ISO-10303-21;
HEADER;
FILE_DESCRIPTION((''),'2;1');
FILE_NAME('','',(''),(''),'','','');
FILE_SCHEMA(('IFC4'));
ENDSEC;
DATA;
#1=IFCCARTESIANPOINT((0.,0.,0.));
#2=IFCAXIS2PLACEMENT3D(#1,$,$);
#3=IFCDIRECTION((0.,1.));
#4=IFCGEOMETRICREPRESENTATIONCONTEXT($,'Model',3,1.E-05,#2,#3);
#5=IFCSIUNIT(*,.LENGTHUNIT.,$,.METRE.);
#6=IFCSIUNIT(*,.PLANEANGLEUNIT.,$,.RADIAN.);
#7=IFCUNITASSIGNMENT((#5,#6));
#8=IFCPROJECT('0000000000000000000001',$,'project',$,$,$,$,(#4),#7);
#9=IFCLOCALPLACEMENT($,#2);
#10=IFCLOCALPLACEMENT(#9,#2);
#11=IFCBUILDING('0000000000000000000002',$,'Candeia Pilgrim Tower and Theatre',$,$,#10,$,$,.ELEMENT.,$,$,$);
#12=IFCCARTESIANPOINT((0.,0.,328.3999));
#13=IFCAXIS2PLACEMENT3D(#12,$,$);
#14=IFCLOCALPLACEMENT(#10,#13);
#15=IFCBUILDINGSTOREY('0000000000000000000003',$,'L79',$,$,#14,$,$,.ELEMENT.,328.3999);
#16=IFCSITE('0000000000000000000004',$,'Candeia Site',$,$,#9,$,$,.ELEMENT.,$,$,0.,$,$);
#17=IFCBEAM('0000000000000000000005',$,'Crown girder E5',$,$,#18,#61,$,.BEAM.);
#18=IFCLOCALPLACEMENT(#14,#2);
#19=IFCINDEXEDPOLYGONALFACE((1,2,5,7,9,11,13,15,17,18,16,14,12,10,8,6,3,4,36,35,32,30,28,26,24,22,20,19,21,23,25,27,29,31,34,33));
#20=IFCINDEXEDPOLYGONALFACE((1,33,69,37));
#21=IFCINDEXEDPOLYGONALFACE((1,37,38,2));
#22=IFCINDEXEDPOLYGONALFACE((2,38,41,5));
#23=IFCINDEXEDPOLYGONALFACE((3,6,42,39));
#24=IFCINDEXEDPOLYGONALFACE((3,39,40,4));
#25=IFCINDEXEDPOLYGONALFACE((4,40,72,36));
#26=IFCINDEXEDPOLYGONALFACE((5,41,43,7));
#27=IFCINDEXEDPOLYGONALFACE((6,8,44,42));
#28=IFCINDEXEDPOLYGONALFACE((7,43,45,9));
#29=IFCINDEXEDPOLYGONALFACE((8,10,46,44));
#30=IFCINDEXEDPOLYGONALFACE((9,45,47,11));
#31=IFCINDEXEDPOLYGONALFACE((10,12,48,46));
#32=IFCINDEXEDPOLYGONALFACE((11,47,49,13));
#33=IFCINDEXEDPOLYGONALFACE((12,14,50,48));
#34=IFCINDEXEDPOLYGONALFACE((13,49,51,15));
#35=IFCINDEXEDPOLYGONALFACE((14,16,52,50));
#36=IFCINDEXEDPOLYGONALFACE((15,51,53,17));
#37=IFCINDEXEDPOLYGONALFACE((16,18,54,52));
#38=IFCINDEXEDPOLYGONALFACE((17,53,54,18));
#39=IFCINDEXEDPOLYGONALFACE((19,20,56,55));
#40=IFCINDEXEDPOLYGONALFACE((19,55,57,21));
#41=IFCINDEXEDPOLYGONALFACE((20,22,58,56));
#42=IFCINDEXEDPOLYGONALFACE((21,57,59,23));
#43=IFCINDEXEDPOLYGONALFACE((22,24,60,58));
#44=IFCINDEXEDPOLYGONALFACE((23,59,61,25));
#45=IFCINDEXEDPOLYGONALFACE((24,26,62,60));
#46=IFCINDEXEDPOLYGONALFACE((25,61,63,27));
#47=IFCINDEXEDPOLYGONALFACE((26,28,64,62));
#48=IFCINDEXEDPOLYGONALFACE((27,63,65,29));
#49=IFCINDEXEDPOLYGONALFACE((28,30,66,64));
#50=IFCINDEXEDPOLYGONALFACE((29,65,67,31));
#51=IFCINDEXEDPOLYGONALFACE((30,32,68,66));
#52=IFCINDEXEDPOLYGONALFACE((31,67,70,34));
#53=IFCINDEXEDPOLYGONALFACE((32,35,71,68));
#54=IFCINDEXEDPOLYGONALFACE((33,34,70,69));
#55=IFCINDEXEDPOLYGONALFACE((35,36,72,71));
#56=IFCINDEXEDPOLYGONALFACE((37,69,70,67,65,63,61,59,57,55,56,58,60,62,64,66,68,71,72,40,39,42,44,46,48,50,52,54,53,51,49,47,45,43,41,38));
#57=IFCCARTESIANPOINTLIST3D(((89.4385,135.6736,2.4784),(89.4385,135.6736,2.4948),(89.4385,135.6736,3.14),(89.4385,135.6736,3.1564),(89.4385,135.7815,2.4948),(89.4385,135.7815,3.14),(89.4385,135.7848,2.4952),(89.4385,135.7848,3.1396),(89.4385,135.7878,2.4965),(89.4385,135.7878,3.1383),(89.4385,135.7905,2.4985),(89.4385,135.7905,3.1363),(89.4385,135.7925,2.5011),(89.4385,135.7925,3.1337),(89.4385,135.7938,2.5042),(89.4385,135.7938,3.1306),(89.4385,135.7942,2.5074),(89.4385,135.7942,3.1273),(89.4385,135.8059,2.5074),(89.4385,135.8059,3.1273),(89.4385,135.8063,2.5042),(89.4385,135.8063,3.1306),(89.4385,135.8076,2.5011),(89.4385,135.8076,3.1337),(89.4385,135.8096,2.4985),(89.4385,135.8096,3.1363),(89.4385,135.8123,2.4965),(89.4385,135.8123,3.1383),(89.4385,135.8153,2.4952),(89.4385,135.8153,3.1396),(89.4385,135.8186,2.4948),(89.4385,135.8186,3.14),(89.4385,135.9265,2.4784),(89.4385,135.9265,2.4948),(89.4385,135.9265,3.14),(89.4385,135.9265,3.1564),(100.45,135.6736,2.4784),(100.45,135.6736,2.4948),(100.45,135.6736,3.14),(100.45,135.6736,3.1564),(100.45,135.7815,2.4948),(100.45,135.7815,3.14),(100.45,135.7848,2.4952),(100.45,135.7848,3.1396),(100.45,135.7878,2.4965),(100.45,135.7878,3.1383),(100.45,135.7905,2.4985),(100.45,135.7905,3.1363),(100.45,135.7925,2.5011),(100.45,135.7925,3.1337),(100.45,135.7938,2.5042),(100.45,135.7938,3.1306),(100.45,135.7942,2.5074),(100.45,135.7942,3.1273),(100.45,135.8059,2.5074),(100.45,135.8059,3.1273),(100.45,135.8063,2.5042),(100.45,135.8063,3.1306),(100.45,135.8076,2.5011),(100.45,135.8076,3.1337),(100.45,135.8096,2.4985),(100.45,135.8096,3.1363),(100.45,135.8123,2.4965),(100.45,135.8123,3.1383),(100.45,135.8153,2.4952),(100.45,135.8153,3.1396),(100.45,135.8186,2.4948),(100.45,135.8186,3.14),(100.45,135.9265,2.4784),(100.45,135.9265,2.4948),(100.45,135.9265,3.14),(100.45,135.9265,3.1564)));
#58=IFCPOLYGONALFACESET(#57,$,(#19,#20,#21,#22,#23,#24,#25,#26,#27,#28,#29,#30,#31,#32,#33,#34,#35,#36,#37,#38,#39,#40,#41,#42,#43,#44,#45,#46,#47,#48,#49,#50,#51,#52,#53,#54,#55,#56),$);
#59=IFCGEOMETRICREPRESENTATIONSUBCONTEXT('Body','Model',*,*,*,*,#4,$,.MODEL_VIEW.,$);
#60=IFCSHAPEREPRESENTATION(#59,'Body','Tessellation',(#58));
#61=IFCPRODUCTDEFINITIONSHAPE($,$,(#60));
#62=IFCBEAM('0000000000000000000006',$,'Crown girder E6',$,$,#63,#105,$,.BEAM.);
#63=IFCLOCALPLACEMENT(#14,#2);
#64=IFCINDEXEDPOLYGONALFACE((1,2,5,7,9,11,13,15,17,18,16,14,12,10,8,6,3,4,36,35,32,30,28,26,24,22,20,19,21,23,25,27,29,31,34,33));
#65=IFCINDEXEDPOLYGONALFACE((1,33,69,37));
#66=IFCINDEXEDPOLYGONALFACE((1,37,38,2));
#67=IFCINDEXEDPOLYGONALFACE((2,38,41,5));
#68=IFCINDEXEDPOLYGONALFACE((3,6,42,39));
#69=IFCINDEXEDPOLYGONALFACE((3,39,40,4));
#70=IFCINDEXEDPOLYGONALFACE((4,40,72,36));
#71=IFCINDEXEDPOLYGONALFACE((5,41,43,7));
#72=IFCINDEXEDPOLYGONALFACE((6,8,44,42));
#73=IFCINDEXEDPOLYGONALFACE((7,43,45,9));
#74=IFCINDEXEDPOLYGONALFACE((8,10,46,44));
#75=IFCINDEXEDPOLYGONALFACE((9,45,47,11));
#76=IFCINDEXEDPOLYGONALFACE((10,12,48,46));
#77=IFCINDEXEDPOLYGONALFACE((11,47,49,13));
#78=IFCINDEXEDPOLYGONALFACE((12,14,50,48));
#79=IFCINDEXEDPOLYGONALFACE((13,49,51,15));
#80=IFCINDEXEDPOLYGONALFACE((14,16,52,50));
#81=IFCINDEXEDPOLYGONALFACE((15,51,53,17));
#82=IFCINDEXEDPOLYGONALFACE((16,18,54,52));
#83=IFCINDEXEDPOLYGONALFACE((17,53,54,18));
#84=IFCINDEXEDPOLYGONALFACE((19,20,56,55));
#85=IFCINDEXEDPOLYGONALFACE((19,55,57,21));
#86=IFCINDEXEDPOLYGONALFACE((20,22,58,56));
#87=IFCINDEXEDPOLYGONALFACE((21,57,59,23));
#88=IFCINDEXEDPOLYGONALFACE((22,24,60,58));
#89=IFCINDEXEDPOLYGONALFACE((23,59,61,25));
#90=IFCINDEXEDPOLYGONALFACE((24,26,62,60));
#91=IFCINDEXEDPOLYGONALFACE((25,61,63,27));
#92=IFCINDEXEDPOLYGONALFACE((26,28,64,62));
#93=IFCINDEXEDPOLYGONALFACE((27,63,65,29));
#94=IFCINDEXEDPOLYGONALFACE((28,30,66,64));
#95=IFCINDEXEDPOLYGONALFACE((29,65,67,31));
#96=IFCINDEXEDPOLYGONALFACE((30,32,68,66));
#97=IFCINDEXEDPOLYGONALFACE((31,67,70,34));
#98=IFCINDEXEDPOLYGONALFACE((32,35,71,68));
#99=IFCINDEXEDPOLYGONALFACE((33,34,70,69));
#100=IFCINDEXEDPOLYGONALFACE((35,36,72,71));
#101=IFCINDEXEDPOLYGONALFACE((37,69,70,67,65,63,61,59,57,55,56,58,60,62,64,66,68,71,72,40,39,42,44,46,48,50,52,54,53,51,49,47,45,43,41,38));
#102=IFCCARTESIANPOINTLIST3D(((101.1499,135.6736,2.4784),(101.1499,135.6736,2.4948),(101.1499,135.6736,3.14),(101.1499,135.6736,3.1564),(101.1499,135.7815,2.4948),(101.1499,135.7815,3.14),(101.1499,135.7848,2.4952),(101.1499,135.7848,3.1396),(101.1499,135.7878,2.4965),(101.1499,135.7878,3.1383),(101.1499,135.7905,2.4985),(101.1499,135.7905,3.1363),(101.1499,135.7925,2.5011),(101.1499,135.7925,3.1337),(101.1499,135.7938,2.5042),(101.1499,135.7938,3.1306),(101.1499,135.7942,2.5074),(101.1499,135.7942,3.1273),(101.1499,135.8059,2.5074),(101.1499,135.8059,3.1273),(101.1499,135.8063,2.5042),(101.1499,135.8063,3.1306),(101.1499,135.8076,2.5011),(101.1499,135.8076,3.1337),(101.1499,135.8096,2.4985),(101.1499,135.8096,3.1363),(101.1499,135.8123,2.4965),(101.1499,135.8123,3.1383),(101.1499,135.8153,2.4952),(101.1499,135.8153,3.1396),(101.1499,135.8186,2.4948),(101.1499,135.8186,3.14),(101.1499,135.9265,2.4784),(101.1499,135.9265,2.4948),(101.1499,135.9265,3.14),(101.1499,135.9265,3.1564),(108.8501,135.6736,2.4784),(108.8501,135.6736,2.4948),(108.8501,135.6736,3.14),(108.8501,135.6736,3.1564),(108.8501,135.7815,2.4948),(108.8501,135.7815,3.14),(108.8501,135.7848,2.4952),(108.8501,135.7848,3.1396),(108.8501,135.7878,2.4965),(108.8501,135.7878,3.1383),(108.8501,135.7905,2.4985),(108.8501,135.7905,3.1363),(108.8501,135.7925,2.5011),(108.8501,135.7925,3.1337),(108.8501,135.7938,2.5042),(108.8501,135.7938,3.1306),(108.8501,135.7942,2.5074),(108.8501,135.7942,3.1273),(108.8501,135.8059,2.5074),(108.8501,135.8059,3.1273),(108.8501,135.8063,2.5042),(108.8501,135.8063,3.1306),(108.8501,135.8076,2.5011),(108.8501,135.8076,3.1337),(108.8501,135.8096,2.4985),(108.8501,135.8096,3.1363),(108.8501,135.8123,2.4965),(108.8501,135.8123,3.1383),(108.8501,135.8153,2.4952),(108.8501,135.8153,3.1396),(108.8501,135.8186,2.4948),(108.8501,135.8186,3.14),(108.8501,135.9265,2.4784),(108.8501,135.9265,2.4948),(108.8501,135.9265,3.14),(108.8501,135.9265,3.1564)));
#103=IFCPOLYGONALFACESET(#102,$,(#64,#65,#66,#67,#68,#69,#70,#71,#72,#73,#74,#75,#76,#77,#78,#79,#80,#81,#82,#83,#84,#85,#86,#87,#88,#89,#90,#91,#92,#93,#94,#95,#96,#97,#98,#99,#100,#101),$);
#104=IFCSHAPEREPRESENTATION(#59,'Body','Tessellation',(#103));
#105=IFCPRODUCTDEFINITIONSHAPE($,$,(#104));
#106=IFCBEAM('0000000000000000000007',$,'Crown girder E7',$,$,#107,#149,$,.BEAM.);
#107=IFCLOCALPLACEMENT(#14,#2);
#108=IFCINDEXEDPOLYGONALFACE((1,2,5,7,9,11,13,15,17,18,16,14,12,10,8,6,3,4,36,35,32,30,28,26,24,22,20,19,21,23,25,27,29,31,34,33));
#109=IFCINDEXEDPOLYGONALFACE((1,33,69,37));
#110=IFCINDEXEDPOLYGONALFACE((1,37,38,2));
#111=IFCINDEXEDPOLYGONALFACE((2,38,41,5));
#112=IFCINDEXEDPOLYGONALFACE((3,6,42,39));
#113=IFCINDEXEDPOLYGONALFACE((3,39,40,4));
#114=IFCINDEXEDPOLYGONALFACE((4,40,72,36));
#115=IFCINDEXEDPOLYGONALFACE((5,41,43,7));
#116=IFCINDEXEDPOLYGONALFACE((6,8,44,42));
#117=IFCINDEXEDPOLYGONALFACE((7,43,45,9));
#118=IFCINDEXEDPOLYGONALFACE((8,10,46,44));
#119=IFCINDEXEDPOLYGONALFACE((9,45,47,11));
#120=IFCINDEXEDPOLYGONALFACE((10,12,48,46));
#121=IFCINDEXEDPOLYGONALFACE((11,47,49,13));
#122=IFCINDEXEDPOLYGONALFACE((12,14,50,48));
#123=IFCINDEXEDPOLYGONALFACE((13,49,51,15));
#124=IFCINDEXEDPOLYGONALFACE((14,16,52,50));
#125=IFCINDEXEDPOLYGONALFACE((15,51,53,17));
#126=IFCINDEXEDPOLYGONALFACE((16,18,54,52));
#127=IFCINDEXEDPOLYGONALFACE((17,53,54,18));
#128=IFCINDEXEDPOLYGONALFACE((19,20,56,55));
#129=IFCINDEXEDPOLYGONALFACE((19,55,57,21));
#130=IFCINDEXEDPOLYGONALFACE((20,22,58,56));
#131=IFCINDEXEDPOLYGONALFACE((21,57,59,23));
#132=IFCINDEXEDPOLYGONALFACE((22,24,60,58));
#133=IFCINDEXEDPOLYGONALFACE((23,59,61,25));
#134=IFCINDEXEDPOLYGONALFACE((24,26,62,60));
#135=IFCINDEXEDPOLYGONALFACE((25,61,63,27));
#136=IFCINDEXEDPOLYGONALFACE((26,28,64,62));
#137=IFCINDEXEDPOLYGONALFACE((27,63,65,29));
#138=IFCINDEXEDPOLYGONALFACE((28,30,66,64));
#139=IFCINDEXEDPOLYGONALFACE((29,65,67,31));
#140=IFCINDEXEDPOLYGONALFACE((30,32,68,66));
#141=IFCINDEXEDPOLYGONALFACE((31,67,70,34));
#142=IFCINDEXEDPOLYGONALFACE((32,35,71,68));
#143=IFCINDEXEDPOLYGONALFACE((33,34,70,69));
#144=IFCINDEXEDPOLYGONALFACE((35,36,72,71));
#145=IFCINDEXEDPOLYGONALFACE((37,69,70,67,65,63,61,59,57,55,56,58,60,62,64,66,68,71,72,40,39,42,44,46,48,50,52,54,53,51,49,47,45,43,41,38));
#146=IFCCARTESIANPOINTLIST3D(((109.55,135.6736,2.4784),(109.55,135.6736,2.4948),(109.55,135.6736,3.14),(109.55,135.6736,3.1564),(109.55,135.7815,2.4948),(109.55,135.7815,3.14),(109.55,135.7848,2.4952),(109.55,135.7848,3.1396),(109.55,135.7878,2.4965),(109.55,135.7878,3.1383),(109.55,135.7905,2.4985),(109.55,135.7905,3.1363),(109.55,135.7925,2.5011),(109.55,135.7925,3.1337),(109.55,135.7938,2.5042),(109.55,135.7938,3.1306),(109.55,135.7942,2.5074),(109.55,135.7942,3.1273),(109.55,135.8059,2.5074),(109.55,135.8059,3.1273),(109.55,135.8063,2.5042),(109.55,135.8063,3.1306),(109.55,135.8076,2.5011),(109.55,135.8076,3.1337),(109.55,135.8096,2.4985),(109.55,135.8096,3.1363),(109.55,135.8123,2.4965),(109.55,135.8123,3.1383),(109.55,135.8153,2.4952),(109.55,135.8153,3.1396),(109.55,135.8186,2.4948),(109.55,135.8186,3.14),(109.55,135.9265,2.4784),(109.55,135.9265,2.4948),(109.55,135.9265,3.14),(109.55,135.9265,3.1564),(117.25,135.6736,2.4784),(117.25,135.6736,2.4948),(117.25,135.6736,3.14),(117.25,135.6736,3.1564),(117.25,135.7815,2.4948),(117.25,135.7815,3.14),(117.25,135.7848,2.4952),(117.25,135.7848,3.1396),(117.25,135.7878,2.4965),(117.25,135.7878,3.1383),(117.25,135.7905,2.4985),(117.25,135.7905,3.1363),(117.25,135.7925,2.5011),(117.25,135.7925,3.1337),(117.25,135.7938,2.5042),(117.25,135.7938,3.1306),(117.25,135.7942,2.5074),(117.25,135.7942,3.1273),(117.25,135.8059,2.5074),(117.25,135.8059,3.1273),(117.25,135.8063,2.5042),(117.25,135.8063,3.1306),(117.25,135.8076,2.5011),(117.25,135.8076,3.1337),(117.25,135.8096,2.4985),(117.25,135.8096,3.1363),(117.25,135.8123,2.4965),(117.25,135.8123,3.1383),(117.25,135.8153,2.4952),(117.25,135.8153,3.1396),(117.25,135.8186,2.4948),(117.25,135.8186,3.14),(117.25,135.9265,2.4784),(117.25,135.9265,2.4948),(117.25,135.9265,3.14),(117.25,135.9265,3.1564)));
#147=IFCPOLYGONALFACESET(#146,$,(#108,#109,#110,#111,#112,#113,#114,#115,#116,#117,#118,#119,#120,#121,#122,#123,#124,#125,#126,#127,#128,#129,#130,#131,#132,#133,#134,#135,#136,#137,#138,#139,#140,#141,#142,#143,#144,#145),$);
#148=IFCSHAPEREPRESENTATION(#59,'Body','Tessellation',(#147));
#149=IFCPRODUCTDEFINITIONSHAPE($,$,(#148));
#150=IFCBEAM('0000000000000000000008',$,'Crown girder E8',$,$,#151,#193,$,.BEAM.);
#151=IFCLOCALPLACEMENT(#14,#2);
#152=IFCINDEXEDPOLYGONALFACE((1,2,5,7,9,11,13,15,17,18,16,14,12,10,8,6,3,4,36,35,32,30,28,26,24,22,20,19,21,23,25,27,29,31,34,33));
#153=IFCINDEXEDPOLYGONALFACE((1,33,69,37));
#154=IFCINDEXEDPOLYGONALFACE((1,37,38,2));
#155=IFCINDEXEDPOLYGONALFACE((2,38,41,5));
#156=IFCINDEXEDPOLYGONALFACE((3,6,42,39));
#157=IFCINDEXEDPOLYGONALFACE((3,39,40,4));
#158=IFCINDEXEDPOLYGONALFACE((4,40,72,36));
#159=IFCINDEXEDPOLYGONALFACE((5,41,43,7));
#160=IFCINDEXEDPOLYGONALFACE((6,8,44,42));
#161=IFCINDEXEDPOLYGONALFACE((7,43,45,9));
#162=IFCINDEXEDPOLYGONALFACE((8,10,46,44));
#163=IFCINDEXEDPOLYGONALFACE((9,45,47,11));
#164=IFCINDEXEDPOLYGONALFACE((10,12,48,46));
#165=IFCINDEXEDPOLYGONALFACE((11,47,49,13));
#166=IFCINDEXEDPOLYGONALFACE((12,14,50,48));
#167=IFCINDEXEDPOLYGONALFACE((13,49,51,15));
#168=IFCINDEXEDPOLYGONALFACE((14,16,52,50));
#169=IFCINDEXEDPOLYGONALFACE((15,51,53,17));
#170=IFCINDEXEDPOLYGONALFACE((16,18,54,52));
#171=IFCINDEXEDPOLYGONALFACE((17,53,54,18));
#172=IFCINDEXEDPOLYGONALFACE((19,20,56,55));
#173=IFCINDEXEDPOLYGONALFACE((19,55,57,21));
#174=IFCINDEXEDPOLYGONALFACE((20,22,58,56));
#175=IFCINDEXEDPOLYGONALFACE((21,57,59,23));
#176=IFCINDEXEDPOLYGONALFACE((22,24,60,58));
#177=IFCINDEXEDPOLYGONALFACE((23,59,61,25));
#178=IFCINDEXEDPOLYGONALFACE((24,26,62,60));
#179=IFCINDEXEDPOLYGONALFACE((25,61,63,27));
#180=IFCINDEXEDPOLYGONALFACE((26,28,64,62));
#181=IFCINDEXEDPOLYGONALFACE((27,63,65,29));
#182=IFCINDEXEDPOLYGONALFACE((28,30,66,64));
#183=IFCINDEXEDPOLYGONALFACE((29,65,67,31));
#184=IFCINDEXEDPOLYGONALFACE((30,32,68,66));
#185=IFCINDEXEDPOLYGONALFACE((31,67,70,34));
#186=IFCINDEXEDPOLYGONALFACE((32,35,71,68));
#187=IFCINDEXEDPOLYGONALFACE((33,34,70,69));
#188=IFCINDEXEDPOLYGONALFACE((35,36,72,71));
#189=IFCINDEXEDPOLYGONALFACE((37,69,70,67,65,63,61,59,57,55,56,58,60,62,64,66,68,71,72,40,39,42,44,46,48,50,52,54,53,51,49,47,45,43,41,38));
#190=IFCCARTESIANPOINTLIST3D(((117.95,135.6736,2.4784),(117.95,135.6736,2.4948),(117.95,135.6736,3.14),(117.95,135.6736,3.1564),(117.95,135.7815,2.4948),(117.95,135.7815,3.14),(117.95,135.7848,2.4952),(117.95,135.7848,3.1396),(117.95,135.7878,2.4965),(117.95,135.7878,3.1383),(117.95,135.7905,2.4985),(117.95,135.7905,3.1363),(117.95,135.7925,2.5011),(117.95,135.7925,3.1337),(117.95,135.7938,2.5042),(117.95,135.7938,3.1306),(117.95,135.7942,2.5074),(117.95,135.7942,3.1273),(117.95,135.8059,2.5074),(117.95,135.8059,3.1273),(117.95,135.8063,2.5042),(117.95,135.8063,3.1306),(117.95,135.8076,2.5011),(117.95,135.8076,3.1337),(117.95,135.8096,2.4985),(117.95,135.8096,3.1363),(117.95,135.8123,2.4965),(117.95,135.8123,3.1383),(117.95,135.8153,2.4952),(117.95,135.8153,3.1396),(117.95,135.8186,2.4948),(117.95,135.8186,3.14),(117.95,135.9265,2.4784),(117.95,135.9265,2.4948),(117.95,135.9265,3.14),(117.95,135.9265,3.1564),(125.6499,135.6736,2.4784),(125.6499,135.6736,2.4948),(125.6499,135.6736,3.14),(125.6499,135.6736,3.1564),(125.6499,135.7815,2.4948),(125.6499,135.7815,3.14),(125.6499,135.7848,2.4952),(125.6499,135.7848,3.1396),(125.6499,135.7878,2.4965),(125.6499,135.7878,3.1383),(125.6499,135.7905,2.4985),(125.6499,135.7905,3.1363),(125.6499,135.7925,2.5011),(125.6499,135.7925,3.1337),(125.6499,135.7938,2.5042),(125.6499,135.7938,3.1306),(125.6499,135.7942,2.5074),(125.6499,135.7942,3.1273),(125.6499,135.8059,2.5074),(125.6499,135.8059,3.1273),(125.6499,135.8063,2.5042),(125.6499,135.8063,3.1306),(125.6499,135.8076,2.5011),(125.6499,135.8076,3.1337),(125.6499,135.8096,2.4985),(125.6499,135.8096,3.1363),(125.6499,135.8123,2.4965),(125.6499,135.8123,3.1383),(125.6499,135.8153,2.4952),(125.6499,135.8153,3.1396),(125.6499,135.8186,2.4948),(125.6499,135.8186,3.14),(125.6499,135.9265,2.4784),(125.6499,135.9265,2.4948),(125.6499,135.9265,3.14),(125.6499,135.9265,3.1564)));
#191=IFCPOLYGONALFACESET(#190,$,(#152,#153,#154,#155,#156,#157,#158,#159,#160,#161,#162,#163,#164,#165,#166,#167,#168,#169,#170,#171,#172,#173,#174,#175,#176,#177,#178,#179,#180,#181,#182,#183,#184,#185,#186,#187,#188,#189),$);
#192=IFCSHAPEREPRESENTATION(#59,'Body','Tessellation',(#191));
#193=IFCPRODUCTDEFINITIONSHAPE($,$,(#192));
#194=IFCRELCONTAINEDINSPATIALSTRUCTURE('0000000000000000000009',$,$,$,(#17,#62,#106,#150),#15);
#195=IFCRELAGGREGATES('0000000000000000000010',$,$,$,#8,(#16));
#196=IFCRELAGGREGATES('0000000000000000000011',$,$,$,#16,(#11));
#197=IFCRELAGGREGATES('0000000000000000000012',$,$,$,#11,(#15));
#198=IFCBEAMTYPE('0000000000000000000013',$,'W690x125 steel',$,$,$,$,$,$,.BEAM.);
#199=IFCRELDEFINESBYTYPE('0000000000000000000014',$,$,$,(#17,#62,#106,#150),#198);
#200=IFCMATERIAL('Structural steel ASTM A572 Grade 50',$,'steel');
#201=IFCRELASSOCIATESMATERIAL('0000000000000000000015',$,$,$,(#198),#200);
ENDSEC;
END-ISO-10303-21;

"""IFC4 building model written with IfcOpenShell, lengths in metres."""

from ifc_helpers import new_model, si_unit, direction, frame, origin, origin_2d, place, context, subcontext, project, spatial, i_section, extrude, material, material_profile, profile_set, type_object, element, save


model = new_model("IFC4")

# Units and contexts
model_context = context("Model", 3, precision=1e-05, world=origin(), true_north=direction((0.0, 1.0)))
body_context = subcontext(model_context, "Body", "Model", "MODEL_VIEW")
ifc_project = project(units=[si_unit("LENGTHUNIT", "METRE"), si_unit("PLANEANGLEUNIT", "RADIAN")], contexts=[model_context])

# Site, building, storey
site_placement = place(None, origin())
site = spatial("IfcSite", under=ifc_project, at=site_placement, Name="Candeia Site", CompositionType="ELEMENT", RefElevation=0.0)
building_placement = place(site_placement, origin())
building = spatial("IfcBuilding", under=site, at=building_placement, Name="Candeia Pilgrim Tower and Theatre", CompositionType="ELEMENT")
storey_placement = place(building_placement, frame((0.0, 0.0, 328.3999)))
storey = spatial("IfcBuildingStorey", under=building, at=storey_placement, Name="L79", CompositionType="ELEMENT", Elevation=328.3999)

# Beams
ifc_material_1 = material(Name="Structural steel ASTM A572 Grade 50", Category="steel")
ifc_material_profile_1 = material_profile(ifc_material_1, i_section(OverallWidth=0.2529, OverallDepth=0.678, WebThickness=0.0117, FlangeThickness=0.0164, FilletRadius=0.0127, at=origin_2d()))
ifc_profile_set_1 = profile_set([ifc_material_profile_1], Name="Structural steel ASTM A572 Grade 50")
beam_type = type_object("IfcBeamType", Name="W690x125 steel", PredefinedType="BEAM", material=ifc_profile_set_1)
beam_1_placement = place(storey_placement, frame((89.4385, 135.8, 2.8174), z_axis=(1.0, 0.0, 0.0), x_axis=(0.0, 1.0, 0.0)))
element("IfcBeam", 1, at=beam_1_placement, inside=storey, type_object=beam_type, Name="Crown girder E5", PredefinedType="BEAM", context=body_context, shape_type="SweptSolid", body=[
    extrude(i_section(OverallWidth=0.2529, OverallDepth=0.678, WebThickness=0.0117, FlangeThickness=0.0164, FilletRadius=0.0127, at=origin_2d()), origin(), (0.0, 0.0, 1.0), 11.0115),
])
beam_2_placement = place(storey_placement, frame((101.1499, 135.8, 2.8174), z_axis=(1.0, 0.0, 0.0), x_axis=(0.0, 1.0, 0.0)))
element("IfcBeam", 2, at=beam_2_placement, inside=storey, type_object=beam_type, Name="Crown girder E6", PredefinedType="BEAM", context=body_context, shape_type="SweptSolid", body=[
    extrude(i_section(OverallWidth=0.2529, OverallDepth=0.678, WebThickness=0.0117, FlangeThickness=0.0164, FilletRadius=0.0127, at=origin_2d()), origin(), (0.0, 0.0, 1.0), 7.7002),
])
for number, where, z_axis, x_axis, name in (
    (3, (109.55, 135.8, 2.8174), (1.0, 0.0, 0.0), (0.0, 1.0, 0.0), "Crown girder E7"),
    (4, (117.95, 135.8, 2.8174), (1.0, 0.0, 0.0), (0.0, 1.0, 0.0), "Crown girder E8"),
):
    element("IfcBeam", number, at=place(storey_placement, frame(where, z_axis=z_axis, x_axis=x_axis)), inside=storey, type_object=beam_type, Name=name, PredefinedType="BEAM", context=body_context, shape_type="SweptSolid", body=[
        extrude(i_section(OverallWidth=0.2529, OverallDepth=0.678, WebThickness=0.0117, FlangeThickness=0.0164, FilletRadius=0.0127, at=origin_2d()), origin(), (0.0, 0.0, 1.0), 7.7),
    ])

save(model, "model.ifc")
